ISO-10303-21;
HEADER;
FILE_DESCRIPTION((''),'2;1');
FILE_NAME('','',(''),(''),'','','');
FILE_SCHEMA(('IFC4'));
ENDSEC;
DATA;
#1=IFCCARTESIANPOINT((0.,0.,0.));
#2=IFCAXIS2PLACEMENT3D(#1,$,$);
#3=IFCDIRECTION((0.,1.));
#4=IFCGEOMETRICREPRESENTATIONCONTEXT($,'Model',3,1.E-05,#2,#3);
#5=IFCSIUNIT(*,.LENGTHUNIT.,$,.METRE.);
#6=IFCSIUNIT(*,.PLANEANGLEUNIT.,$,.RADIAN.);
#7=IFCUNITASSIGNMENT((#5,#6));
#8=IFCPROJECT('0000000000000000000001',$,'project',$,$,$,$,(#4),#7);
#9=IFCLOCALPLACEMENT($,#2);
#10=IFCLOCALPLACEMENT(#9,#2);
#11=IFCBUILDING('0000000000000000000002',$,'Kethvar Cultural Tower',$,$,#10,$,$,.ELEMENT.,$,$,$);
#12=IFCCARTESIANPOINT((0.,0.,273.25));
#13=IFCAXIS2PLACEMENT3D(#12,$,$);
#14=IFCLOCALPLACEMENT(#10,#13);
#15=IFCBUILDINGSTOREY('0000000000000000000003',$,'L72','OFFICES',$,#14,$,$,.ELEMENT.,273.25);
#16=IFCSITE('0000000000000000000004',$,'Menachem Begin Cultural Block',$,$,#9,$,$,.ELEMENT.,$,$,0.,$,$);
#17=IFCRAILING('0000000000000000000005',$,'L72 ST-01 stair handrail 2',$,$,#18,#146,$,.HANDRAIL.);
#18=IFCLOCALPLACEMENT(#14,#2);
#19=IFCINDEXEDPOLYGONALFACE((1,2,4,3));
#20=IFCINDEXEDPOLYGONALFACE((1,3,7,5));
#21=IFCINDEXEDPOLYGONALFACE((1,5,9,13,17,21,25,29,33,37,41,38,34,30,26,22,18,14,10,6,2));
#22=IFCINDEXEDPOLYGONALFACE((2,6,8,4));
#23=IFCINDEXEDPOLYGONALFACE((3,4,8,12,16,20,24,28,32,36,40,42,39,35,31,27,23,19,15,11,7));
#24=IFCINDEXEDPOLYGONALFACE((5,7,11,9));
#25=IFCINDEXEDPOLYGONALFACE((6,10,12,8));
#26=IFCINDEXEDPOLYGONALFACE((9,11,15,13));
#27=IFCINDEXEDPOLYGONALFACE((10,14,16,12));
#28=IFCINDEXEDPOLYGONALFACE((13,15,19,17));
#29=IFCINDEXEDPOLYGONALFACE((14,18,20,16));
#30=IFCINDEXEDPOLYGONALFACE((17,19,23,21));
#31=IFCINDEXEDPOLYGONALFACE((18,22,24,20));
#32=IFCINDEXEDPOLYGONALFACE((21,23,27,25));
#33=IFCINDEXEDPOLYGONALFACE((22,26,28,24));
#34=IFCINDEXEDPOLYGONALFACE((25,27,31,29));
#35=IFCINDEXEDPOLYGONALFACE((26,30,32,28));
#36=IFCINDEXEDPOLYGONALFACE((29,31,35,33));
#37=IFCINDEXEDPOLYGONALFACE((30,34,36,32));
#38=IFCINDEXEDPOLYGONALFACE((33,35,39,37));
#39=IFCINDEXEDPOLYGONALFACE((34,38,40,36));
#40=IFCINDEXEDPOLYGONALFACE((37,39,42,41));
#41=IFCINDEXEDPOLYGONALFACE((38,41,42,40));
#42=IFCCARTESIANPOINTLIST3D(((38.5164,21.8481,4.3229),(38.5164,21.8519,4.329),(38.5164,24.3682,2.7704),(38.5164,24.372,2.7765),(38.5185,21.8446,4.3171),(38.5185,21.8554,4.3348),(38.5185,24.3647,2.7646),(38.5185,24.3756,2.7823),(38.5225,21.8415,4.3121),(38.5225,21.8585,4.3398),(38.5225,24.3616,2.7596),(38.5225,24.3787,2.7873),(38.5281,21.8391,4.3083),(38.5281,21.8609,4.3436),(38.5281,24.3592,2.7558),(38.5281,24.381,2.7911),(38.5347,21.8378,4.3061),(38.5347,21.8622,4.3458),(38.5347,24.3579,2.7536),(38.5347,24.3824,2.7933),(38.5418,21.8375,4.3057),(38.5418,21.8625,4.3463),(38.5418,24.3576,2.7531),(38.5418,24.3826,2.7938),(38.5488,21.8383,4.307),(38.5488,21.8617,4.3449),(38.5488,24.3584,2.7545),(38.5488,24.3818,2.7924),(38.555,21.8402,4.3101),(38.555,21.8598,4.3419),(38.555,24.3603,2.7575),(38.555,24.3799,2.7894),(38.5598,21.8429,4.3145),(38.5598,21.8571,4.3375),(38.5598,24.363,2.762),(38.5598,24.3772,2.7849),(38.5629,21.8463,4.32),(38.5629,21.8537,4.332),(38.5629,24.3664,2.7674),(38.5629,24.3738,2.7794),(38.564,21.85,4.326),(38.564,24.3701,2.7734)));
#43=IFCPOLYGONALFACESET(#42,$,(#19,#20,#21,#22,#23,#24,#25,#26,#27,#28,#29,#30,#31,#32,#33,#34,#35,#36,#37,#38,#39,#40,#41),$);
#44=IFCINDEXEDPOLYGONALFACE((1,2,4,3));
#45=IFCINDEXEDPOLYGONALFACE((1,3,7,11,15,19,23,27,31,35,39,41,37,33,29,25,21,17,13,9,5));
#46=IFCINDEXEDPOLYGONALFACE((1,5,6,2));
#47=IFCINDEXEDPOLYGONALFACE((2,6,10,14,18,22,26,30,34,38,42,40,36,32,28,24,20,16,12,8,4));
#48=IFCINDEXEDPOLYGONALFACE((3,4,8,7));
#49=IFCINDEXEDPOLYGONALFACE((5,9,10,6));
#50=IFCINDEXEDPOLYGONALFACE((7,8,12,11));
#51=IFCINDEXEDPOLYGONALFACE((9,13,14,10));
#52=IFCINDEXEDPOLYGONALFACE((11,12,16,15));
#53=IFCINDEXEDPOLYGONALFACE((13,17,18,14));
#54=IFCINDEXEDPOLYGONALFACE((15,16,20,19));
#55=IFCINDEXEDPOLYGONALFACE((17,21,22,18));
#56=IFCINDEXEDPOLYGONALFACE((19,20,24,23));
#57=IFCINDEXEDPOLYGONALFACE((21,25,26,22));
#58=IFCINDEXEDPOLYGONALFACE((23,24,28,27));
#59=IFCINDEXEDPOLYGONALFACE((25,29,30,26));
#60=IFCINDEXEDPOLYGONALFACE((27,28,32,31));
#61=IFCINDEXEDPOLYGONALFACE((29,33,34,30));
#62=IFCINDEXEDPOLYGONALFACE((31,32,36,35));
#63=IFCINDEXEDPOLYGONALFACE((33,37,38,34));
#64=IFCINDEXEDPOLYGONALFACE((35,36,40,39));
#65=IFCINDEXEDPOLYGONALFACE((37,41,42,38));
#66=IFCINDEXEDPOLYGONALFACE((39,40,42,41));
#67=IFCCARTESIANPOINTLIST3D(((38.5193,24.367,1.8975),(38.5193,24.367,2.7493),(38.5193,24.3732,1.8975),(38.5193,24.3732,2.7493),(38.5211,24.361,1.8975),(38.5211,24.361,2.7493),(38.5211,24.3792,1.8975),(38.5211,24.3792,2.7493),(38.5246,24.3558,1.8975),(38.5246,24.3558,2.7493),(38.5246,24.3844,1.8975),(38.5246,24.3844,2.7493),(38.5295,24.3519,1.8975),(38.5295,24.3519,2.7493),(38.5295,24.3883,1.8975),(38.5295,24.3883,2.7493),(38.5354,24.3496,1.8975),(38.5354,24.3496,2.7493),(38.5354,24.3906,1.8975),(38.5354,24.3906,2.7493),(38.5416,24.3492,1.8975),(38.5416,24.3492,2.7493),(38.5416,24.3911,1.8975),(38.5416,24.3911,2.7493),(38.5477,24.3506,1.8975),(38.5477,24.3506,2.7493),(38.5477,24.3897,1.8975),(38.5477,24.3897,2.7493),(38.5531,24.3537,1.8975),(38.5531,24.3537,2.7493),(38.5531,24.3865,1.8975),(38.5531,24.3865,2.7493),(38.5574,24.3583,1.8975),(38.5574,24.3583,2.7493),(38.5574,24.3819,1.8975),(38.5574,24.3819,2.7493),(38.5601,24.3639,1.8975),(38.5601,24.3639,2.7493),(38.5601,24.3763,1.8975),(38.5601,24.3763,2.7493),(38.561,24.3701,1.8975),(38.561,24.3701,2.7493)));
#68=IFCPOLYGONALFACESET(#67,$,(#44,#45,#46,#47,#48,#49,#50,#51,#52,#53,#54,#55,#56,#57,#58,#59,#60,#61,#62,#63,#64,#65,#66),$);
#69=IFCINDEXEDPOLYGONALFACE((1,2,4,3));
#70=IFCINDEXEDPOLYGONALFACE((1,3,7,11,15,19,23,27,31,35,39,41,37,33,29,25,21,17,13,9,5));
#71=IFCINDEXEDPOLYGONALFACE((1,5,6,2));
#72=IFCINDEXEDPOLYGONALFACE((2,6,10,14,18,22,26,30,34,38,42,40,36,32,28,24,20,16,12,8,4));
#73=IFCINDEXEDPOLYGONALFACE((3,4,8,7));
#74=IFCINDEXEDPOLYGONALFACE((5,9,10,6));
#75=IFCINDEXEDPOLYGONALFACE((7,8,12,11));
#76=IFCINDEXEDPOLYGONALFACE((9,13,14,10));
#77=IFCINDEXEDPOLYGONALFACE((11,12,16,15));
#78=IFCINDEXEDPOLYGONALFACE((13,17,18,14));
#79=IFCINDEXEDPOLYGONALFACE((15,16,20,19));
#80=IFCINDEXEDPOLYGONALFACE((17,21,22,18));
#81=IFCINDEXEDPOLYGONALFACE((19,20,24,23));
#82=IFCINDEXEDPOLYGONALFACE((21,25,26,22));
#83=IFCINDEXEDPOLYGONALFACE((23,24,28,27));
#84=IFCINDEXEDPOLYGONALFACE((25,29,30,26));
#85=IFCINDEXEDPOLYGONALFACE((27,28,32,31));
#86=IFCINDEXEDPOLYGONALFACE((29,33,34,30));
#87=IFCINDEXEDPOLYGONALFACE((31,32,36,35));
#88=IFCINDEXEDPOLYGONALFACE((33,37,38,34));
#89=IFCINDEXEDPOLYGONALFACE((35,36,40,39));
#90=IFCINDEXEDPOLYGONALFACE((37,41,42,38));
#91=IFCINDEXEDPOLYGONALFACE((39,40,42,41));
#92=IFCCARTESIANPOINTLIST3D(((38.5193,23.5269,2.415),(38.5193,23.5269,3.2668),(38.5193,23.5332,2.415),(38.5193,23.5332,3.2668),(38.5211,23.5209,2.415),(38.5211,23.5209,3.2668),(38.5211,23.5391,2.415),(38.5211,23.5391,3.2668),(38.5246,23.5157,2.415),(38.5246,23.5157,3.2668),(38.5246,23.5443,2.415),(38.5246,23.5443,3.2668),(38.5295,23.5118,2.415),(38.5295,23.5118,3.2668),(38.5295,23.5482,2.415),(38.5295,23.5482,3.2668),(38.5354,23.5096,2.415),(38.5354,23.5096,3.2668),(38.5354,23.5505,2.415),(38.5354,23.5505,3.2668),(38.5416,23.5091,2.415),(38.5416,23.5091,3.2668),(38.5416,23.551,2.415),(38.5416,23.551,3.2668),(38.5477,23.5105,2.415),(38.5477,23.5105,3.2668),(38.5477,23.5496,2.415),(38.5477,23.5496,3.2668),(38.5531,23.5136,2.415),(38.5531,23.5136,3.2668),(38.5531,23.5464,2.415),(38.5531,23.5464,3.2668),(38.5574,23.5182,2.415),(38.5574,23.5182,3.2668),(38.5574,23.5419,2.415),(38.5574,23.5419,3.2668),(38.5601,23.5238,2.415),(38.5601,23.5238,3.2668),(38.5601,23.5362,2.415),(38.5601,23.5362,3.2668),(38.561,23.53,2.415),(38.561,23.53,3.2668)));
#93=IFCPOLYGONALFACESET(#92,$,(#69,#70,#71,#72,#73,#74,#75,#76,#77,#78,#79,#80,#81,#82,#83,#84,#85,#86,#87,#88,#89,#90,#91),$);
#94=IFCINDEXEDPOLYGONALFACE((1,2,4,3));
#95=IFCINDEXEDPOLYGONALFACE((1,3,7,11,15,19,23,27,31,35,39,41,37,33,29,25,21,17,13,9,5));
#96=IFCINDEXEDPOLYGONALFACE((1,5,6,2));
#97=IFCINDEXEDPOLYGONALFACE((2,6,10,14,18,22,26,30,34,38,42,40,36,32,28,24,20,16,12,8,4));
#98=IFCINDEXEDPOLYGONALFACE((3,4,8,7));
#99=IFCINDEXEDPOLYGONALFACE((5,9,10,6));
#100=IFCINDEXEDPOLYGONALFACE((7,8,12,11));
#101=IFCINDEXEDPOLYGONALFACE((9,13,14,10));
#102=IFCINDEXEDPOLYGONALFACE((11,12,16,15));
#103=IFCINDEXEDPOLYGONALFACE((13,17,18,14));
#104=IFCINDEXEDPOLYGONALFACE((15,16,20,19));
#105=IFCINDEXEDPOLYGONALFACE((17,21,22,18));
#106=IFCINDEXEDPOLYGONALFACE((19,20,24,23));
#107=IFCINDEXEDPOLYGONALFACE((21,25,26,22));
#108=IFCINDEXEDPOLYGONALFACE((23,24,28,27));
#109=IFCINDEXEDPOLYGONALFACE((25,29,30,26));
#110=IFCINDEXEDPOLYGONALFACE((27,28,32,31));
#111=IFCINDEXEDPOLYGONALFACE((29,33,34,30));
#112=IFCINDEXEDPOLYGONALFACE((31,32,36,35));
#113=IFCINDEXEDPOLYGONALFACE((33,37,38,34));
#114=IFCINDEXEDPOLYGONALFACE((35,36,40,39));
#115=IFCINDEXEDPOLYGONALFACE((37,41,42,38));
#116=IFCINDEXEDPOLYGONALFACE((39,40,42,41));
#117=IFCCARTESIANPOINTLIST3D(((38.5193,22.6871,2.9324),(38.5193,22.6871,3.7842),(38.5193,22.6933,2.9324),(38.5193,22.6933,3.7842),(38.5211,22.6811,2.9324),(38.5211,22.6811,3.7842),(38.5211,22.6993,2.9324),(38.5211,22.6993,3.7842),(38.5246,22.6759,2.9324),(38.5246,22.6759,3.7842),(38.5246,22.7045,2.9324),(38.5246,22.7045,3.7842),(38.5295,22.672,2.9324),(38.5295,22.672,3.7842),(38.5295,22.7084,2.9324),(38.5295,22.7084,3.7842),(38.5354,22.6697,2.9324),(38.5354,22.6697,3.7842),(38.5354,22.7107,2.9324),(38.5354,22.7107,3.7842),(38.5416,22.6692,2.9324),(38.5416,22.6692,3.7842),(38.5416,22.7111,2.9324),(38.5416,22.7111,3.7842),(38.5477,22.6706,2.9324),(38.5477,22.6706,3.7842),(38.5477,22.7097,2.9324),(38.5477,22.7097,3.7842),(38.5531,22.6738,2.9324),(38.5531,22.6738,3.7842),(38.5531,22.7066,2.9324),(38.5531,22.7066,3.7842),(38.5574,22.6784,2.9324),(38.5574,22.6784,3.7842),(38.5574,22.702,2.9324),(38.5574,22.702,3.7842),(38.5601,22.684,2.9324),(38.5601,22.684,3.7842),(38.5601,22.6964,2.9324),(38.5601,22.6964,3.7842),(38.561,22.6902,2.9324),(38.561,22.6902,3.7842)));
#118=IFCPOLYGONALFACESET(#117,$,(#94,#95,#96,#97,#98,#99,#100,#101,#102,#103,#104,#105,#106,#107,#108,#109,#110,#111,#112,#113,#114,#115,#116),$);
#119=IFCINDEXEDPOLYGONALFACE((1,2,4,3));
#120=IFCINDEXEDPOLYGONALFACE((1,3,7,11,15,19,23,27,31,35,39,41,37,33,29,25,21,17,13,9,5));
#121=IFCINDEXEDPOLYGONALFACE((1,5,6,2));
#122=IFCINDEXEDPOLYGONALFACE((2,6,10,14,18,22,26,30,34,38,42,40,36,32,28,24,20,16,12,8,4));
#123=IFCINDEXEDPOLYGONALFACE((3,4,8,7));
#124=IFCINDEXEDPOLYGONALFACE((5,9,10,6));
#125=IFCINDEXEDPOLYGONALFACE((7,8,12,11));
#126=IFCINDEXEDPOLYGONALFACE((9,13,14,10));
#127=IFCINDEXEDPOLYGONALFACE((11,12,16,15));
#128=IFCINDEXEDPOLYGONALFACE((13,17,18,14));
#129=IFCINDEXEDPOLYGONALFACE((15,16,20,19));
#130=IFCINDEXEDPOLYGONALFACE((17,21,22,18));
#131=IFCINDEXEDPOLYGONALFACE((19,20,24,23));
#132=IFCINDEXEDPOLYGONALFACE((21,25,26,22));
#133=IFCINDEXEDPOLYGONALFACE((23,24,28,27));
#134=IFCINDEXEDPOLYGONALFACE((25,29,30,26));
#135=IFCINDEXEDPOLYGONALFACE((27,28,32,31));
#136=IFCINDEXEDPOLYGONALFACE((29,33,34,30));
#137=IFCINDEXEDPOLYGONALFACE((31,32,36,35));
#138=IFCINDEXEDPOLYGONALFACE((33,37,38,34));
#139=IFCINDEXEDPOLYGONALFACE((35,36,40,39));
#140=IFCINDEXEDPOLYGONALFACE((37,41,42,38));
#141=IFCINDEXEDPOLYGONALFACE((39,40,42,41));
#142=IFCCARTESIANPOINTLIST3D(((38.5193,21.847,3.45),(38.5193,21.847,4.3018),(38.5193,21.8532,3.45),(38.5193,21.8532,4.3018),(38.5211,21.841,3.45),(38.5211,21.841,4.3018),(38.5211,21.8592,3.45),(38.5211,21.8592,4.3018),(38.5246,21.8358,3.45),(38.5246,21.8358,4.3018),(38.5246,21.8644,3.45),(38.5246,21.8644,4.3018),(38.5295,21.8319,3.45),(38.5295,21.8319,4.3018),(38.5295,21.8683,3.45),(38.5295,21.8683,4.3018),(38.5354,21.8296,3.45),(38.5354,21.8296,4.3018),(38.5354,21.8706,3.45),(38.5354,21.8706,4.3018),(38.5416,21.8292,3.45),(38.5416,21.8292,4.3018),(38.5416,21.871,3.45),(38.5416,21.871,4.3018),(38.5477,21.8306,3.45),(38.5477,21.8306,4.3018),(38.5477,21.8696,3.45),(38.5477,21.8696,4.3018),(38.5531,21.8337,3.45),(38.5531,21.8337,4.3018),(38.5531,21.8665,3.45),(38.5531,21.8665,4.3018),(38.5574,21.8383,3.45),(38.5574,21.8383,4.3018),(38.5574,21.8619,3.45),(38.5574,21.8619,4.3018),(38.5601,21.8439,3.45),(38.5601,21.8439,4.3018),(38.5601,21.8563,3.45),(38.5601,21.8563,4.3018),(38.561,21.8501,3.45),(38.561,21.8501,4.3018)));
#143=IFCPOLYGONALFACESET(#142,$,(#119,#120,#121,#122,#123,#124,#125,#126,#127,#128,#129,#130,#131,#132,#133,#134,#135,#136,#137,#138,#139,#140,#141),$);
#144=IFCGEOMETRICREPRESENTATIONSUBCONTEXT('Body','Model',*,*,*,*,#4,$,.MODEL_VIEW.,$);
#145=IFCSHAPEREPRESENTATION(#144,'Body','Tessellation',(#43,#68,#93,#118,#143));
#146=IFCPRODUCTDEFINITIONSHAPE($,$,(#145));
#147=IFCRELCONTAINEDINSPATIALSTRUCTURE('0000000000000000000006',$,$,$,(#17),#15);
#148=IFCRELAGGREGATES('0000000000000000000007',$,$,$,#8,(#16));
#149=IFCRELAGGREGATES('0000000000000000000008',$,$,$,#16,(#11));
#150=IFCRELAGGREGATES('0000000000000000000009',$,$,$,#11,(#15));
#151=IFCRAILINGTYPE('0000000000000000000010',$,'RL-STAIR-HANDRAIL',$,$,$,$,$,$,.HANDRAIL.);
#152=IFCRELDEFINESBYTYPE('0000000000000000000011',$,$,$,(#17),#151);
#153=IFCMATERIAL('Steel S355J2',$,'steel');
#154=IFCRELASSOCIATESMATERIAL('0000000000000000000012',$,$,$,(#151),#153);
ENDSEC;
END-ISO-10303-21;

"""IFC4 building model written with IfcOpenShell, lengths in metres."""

from ifc_helpers import new_model, si_unit, direction, frame, origin, origin_2d, place, context, subcontext, project, spatial, circle, extrude, material, type_object, element, save


model = new_model("IFC4")

# Units and contexts
model_context = context("Model", 3, precision=1e-05, world=origin(), true_north=direction((0.0, 1.0)))
body_context = subcontext(model_context, "Body", "Model", "MODEL_VIEW")
ifc_project = project(units=[si_unit("LENGTHUNIT", "METRE"), si_unit("PLANEANGLEUNIT", "RADIAN")], contexts=[model_context])

# Site, building, storey
site_placement = place(None, origin())
site = spatial("IfcSite", under=ifc_project, at=site_placement, Name="Menachem Begin Cultural Block", CompositionType="ELEMENT", RefElevation=0.0)
building_placement = place(site_placement, origin())
building = spatial("IfcBuilding", under=site, at=building_placement, Name="Kethvar Cultural Tower", CompositionType="ELEMENT")
storey_placement = place(building_placement, frame((0.0, 0.0, 273.25)))
storey = spatial("IfcBuildingStorey", under=building, at=storey_placement, Name="L72", Description="OFFICES", CompositionType="ELEMENT", Elevation=273.25)

# Shared definitions
ifc_material_1 = material(Name="Steel S355J2", Category="steel")

# Railing
railing_type_1 = type_object("IfcRailingType", Name="RL-STAIR-HANDRAIL", PredefinedType="HANDRAIL", material=ifc_material_1)
railing_1_placement = place(storey_placement, frame((38.54, 24.3701, 1.8975)))
element("IfcRailing", 1, at=railing_1_placement, inside=storey, type_object=railing_type_1, Name="L72 ST-01 stair handrail 2", PredefinedType="HANDRAIL", context=body_context, shape_type="SweptSolid", body=[
    extrude(circle(Radius=0.0239, at=origin_2d()), frame((0.0, 0.0, 0.876), z_axis=(0.0, -0.8514, 0.524516), x_axis=(1.0, 0.0, 0.0)), (0.0, 0.0, 1.0), 2.96),
    extrude(circle(Radius=0.021, at=origin_2d()), origin(), (0.0, 0.0, 1.0), 0.8518),
    extrude(circle(Radius=0.021, at=origin_2d()), frame((0.0, -0.8401, 0.5176)), (0.0, 0.0, 1.0), 0.8518),
    extrude(circle(Radius=0.021, at=origin_2d()), frame((0.0, -1.6799, 1.0349)), (0.0, 0.0, 1.0), 0.8518),
    extrude(circle(Radius=0.021, at=origin_2d()), frame((0.0, -2.52, 1.5525)), (0.0, 0.0, 1.0), 0.8518),
])

save(model, "model.ifc")
